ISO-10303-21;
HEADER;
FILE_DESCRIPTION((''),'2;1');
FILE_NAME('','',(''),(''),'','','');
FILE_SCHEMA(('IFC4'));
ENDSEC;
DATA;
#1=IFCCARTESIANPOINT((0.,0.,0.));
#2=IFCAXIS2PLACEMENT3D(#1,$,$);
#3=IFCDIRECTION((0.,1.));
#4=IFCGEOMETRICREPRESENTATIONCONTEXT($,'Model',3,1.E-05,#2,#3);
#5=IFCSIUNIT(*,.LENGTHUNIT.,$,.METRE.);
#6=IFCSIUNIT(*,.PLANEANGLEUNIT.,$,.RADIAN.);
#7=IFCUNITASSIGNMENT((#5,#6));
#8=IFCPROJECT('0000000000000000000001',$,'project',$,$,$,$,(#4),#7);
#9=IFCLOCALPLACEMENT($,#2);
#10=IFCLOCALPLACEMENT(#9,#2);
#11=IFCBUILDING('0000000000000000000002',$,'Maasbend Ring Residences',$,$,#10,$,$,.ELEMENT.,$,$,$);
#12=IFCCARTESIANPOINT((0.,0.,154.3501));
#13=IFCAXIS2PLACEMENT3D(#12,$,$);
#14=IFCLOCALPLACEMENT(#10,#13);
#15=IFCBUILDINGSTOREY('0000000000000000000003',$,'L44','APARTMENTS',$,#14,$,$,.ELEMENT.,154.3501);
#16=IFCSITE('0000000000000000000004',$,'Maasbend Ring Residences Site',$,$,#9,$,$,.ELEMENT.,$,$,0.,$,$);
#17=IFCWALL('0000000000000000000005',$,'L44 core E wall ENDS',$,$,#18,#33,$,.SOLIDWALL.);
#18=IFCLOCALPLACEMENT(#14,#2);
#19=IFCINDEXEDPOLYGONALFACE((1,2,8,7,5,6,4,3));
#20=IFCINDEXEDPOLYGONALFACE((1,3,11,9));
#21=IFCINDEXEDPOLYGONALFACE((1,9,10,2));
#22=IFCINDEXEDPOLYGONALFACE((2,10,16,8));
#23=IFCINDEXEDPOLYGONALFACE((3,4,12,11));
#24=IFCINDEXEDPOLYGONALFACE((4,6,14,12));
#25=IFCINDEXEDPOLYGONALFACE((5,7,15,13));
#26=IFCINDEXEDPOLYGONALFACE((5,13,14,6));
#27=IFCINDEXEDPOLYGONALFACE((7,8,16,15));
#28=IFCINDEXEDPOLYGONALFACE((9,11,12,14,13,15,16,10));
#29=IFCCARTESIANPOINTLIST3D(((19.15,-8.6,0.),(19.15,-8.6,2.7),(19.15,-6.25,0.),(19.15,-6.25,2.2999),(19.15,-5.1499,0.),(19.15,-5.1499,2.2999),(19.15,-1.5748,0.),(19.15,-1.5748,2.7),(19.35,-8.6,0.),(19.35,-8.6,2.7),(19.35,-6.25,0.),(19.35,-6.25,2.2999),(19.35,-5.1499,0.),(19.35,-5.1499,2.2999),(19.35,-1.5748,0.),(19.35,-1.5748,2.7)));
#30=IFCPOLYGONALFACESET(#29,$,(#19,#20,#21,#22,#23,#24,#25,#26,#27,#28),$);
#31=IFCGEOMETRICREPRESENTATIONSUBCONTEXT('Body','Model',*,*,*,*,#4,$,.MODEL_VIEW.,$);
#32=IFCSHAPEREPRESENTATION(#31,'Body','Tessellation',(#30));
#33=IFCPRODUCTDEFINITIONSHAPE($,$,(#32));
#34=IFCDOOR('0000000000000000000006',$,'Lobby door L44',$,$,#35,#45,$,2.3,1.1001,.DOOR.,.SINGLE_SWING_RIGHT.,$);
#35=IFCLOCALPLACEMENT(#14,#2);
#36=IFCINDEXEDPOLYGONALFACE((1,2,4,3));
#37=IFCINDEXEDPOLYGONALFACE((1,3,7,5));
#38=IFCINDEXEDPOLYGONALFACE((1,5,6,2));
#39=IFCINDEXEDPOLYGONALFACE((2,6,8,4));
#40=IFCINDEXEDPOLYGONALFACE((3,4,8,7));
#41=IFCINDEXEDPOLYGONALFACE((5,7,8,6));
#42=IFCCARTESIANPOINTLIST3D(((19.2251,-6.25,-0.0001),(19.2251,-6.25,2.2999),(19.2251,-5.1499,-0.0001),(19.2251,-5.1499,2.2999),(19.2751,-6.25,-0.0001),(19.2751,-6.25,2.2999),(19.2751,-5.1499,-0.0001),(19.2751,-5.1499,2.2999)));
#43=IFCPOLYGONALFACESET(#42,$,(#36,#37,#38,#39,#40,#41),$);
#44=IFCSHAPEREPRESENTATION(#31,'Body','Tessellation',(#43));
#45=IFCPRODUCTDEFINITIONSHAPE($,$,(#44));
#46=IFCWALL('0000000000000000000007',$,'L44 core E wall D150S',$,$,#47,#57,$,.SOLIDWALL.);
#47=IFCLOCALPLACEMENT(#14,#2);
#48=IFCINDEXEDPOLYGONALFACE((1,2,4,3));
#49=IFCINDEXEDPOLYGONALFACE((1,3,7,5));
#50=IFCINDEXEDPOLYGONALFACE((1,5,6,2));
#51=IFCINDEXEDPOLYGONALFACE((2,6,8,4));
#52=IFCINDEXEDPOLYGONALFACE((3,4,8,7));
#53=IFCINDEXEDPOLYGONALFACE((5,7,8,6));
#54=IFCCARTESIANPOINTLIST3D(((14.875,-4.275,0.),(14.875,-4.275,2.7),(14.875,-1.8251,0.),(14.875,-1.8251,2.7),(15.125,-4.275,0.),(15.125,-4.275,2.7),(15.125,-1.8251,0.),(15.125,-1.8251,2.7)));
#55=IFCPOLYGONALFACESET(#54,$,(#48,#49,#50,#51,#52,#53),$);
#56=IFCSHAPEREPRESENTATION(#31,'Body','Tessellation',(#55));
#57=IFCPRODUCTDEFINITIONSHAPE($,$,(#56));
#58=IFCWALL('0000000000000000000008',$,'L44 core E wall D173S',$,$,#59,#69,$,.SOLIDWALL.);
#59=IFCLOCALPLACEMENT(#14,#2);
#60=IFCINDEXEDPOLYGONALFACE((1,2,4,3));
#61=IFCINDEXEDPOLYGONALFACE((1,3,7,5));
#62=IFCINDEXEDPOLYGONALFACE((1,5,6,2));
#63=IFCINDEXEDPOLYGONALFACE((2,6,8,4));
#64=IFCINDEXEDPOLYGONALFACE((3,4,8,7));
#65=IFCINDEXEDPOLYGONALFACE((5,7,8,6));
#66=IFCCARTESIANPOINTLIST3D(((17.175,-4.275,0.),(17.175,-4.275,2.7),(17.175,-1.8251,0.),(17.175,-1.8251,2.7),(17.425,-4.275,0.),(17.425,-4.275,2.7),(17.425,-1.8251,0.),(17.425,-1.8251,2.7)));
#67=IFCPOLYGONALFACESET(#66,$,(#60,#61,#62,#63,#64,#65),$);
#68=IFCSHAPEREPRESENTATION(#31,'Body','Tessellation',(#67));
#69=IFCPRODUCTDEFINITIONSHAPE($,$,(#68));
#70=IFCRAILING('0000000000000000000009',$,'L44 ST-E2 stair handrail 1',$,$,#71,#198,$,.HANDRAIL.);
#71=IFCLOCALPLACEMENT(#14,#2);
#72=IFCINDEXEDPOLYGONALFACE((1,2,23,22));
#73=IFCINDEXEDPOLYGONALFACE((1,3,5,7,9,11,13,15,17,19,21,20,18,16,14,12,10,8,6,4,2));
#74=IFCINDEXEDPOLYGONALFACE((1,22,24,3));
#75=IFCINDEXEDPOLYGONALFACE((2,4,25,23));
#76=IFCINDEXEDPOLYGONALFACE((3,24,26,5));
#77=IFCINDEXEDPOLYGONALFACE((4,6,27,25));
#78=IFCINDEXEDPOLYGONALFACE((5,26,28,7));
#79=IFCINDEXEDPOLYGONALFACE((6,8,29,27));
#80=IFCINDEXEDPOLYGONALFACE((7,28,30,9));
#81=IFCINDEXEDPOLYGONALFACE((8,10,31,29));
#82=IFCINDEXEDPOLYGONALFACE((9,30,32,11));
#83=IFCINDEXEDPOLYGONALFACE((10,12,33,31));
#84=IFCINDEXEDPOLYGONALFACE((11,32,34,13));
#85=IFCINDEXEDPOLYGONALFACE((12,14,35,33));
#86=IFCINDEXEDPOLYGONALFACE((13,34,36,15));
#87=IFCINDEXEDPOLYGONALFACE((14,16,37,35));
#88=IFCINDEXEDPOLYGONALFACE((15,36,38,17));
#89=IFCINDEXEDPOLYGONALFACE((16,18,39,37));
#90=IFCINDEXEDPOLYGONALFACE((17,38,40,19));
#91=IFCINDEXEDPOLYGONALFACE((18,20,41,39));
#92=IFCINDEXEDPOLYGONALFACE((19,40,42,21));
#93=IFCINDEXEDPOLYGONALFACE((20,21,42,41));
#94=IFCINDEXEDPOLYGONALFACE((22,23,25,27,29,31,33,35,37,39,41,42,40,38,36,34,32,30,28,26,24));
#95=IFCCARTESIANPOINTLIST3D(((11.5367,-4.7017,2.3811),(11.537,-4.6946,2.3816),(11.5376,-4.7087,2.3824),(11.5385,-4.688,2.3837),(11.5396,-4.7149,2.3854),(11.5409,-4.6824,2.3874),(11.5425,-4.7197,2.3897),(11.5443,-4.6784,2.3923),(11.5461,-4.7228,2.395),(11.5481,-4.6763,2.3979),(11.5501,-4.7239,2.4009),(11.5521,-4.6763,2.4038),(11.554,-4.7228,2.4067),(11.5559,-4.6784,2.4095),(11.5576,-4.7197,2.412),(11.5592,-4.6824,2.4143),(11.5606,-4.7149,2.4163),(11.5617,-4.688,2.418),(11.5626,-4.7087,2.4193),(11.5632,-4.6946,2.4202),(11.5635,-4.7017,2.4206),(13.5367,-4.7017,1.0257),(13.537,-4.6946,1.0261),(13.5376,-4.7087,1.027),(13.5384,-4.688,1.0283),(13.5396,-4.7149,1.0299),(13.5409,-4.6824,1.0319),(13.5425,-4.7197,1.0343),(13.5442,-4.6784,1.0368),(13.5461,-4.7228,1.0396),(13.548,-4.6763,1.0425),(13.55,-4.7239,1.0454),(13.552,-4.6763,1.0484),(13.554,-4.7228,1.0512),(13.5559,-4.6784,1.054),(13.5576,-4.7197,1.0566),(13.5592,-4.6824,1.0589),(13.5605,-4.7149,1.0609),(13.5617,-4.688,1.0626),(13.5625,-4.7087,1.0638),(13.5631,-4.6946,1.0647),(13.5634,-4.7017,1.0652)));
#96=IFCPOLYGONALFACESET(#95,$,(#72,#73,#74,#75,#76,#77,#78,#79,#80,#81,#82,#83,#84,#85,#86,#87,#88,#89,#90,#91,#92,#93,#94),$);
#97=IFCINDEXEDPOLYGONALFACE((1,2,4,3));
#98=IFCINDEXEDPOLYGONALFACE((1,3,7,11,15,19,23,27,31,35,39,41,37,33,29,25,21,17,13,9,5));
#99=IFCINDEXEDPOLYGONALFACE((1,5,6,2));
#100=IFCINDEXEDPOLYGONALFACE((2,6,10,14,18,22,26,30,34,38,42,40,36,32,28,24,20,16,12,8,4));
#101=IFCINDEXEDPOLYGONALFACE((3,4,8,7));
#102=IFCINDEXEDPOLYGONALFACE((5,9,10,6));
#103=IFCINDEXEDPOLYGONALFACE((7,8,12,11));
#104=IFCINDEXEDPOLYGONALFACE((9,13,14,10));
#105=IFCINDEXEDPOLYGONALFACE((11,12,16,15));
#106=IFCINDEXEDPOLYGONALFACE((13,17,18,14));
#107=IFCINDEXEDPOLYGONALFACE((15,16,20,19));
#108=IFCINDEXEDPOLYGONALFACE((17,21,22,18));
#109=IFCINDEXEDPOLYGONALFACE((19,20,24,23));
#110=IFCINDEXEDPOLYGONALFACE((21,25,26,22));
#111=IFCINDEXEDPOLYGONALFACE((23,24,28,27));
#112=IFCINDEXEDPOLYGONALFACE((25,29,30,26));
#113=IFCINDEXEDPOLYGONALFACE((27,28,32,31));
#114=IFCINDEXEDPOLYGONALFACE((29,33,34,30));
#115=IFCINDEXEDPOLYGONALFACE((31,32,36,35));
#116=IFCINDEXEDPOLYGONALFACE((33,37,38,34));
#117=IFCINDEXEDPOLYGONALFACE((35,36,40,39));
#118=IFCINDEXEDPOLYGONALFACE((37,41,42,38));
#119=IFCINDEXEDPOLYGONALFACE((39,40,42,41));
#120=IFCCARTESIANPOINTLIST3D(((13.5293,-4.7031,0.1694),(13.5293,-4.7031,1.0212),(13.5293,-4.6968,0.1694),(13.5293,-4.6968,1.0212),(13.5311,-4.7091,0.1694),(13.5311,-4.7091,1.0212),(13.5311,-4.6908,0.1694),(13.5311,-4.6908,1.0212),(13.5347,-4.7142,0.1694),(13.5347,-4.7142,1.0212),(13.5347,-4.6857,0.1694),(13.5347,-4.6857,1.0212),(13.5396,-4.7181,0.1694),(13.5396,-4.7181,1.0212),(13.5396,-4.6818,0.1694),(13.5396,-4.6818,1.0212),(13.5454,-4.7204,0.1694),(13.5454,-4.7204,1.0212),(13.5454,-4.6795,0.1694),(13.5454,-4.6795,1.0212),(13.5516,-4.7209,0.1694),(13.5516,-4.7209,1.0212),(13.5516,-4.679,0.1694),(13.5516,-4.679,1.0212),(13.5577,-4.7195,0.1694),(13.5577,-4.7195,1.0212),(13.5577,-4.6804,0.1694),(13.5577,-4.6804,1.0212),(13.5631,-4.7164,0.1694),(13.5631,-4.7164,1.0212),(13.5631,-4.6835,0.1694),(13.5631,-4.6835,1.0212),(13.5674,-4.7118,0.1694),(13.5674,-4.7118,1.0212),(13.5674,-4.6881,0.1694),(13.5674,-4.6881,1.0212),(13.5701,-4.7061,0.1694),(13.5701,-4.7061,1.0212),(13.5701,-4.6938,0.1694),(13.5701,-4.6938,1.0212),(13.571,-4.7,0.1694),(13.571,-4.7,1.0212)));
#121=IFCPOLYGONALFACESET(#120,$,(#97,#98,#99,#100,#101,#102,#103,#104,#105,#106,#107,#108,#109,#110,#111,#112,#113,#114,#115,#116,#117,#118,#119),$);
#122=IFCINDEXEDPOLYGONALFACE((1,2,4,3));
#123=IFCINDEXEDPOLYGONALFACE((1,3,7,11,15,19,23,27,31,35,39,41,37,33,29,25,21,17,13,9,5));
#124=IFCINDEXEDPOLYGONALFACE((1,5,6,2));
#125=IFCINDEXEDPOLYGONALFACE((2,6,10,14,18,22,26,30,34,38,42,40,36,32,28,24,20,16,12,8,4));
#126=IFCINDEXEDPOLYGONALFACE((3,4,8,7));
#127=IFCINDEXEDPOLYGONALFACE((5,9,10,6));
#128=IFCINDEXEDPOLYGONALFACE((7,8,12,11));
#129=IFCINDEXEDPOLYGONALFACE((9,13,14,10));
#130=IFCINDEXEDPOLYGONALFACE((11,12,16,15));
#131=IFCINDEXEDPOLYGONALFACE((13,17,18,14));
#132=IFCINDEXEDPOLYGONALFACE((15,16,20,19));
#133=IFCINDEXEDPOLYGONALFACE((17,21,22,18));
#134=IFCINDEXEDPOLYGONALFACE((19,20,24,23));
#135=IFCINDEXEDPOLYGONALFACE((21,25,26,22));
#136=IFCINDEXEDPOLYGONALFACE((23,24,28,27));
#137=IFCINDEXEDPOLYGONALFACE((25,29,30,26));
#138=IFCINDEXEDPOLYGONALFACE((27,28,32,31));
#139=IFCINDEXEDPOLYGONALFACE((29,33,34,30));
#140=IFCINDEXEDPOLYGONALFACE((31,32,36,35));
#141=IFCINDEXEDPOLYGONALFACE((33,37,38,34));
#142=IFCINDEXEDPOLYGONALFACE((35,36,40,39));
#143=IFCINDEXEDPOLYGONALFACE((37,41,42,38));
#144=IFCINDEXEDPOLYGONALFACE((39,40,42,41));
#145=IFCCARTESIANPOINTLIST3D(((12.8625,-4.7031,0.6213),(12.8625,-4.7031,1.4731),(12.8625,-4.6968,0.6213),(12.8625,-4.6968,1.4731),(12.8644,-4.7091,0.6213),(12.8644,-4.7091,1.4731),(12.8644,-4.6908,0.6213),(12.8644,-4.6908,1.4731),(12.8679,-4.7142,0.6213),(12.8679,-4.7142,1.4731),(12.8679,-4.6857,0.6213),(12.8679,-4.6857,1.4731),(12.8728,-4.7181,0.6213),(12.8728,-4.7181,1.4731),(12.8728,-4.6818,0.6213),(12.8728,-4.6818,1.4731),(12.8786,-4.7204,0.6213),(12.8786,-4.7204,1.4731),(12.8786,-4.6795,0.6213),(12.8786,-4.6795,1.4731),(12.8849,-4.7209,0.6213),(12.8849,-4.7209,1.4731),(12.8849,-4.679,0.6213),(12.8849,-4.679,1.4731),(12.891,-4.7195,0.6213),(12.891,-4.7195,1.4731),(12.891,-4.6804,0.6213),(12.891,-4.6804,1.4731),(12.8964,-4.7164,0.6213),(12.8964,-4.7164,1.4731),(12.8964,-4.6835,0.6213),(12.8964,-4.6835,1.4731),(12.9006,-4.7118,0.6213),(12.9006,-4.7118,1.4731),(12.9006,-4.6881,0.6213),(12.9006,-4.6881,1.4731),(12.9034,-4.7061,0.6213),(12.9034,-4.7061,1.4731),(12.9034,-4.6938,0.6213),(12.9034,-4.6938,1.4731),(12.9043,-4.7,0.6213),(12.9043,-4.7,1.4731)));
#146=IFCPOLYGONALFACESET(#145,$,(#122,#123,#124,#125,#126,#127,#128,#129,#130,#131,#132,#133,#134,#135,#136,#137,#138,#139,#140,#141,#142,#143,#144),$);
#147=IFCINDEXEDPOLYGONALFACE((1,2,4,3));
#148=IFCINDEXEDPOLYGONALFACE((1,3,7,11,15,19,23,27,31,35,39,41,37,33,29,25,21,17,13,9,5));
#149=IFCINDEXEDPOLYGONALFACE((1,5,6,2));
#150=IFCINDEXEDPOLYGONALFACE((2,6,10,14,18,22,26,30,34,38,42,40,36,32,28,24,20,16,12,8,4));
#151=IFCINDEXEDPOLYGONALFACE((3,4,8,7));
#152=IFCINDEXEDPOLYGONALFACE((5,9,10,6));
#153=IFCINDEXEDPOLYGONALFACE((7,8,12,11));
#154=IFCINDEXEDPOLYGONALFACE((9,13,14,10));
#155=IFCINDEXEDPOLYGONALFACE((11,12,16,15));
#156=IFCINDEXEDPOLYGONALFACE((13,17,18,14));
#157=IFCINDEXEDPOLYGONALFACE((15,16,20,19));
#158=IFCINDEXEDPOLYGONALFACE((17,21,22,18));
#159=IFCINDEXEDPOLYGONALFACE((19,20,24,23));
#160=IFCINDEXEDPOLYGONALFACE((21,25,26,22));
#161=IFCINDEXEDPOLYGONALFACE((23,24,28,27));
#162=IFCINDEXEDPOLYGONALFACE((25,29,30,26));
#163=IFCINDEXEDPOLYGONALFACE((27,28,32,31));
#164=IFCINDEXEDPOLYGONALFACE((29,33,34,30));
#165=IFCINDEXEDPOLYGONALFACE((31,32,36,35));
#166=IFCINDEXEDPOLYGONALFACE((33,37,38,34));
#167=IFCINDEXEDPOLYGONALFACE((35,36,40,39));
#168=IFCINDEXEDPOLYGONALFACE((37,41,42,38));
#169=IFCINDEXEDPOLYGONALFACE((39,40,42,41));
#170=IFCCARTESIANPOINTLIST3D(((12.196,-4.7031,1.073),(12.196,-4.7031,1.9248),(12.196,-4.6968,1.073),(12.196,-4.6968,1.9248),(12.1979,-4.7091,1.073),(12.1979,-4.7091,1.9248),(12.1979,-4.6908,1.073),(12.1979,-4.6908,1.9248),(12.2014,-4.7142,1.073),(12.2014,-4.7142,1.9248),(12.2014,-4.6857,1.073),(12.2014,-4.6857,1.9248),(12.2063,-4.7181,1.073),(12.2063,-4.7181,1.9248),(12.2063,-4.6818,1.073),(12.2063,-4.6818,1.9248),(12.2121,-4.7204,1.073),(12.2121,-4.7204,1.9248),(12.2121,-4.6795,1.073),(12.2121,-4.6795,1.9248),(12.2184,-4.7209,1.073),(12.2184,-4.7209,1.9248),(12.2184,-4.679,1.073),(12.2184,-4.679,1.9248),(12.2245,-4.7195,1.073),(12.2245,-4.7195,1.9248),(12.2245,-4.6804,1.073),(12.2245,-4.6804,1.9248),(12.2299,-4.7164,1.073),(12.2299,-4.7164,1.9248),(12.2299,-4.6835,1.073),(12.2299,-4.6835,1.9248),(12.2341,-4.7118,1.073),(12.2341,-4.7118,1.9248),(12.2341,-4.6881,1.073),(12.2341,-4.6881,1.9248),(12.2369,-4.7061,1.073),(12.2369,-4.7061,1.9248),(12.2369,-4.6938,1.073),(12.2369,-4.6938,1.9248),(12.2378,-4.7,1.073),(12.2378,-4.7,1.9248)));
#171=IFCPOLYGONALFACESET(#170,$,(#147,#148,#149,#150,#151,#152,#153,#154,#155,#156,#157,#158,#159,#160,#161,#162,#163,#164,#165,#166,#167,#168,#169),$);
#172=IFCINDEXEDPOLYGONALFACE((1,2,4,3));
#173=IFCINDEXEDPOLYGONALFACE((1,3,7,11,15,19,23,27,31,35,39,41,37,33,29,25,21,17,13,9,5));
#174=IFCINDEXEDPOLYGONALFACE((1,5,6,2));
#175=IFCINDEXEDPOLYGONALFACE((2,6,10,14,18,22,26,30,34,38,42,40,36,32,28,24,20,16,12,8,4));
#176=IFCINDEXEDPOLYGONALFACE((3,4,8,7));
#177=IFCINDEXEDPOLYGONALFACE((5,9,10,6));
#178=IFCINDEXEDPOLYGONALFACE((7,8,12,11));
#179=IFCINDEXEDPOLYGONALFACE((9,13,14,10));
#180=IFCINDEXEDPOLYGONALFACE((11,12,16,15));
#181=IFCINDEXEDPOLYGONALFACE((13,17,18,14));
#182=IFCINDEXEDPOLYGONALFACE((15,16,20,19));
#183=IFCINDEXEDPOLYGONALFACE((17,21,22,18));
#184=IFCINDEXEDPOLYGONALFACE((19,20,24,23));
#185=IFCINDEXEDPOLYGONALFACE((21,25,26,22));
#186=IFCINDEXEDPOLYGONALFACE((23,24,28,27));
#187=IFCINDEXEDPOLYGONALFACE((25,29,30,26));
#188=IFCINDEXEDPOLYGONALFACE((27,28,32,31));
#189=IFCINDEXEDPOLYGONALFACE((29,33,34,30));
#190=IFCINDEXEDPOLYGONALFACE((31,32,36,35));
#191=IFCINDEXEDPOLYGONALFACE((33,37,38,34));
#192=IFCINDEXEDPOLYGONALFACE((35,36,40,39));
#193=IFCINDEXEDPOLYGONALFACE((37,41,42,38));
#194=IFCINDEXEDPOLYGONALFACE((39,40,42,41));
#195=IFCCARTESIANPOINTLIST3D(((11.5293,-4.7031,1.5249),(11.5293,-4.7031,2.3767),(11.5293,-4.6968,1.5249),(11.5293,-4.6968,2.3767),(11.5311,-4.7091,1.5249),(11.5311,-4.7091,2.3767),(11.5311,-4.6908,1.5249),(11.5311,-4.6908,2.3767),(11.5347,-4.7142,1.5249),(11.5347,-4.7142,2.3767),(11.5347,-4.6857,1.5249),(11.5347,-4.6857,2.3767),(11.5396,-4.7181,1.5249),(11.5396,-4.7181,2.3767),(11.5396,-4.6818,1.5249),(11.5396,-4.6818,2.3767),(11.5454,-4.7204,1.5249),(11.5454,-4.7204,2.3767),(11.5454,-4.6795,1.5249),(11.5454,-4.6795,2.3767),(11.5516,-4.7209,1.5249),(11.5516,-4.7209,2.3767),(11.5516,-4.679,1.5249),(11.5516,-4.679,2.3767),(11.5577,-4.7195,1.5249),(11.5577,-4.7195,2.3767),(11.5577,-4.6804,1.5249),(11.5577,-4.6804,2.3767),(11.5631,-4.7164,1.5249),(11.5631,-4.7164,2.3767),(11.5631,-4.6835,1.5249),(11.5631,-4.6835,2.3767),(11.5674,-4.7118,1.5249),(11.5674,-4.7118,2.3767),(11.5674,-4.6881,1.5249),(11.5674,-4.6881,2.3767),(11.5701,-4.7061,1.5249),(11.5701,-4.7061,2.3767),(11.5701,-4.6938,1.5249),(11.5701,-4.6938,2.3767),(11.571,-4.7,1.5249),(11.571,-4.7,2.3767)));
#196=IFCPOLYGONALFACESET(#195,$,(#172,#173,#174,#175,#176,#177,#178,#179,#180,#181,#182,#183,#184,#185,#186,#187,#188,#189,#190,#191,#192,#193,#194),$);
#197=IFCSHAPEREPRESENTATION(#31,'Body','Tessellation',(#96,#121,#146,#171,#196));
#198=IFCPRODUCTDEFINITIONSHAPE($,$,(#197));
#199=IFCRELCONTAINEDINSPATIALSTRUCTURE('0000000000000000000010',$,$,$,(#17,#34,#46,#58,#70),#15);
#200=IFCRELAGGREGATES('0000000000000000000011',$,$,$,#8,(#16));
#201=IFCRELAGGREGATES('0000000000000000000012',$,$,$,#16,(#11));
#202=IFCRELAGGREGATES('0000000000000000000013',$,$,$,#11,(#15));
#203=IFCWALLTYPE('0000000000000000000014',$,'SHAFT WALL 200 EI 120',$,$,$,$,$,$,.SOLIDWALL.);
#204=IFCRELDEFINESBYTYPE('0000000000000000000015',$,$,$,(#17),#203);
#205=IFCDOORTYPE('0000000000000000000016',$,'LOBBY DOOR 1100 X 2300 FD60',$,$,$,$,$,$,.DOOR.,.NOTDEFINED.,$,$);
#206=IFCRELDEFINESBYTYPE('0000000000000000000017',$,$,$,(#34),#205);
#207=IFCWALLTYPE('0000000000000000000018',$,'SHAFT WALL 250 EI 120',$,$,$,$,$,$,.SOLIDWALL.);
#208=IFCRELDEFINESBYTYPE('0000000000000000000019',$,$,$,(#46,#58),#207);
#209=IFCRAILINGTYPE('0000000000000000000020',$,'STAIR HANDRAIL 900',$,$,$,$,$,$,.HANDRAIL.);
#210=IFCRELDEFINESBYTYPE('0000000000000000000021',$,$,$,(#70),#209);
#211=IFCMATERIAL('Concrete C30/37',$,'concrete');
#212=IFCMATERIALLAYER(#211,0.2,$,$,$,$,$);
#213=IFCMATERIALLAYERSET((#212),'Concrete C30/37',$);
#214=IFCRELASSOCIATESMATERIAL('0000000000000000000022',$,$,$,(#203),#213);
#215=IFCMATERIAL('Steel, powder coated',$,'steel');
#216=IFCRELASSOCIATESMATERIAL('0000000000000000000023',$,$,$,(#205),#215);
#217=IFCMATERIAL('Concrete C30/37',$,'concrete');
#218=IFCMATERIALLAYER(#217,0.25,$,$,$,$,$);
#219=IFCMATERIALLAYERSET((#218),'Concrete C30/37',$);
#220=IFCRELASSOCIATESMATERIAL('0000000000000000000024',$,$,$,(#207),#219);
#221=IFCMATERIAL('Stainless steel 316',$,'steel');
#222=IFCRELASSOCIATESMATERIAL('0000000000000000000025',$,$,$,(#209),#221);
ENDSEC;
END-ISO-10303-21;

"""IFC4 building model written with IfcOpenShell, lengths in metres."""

from ifc_helpers import new_model, si_unit, direction, frame, frame_2d, origin, origin_2d, place, context, subcontext, project, spatial, rectangle, circle, extrude, material, layer, layer_set, type_object, element, fill, save


model = new_model("IFC4")

# Units and contexts
model_context = context("Model", 3, precision=1e-05, world=origin(), true_north=direction((0.0, 1.0)))
body_context = subcontext(model_context, "Body", "Model", "MODEL_VIEW")
ifc_project = project(units=[si_unit("LENGTHUNIT", "METRE"), si_unit("PLANEANGLEUNIT", "RADIAN")], contexts=[model_context])

# Site, building, storey
site_placement = place(None, origin())
site = spatial("IfcSite", under=ifc_project, at=site_placement, Name="Maasbend Ring Residences Site", CompositionType="ELEMENT", RefElevation=0.0)
building_placement = place(site_placement, origin())
building = spatial("IfcBuilding", under=site, at=building_placement, Name="Maasbend Ring Residences", CompositionType="ELEMENT")
storey_placement = place(building_placement, frame((0.0, 0.0, 154.3501)))
storey = spatial("IfcBuildingStorey", under=building, at=storey_placement, Name="L44", Description="APARTMENTS", CompositionType="ELEMENT", Elevation=154.3501)

# Wall, opening, door
ifc_material_1 = material(Name="Concrete C30/37", Category="concrete")
ifc_layer_1 = layer(ifc_material_1, 0.2)
ifc_layer_set_1 = layer_set([ifc_layer_1], Name="Concrete C30/37")
wall_type_1 = type_object("IfcWallType", Name="SHAFT WALL 200 EI 120", PredefinedType="SOLIDWALL", material=ifc_layer_set_1)
wall_1_placement = place(storey_placement, frame((19.25, -8.6001, 0.0), z_axis=(0.0, 0.0, 1.0), x_axis=(0.0, 1.0, 0.0)))
wall_1 = element("IfcWall", 1, at=wall_1_placement, inside=storey, type_object=wall_type_1, Name="L44 core E wall ENDS", PredefinedType="SOLIDWALL", context=body_context, shape_type="SweptSolid", body=[
    extrude(rectangle(XDim=7.0251, YDim=0.2, at=frame_2d((3.5127, 0.0))), origin(), (0.0, 0.0, 1.0), 2.7),
])
opening_1_placement = place(wall_1_placement, frame((2.3501, 0.0, 0.0)))
opening_1 = element("IfcOpeningElement", 2, at=opening_1_placement, cuts=wall_1, PredefinedType="OPENING", context=body_context, shape_type="SweptSolid", body=[
    extrude(rectangle(XDim=1.1001, YDim=2.3, at=frame_2d((0.55, 1.1499))), frame((0.0, 0.1099, 0.0), z_axis=(0.0, -1.0, 0.0), x_axis=(1.0, 0.0, 0.0)), (0.0, 0.0, 1.0), 0.22),
])
ifc_material_2 = material(Name="Steel, powder coated", Category="steel")
door_type_1 = type_object("IfcDoorType", Name="LOBBY DOOR 1100 X 2300 FD60", OperationType="NOTDEFINED", PredefinedType="DOOR", material=ifc_material_2)
door_1_placement = place(opening_1_placement, origin())
door_1 = element("IfcDoor", 3, at=door_1_placement, inside=storey, type_object=door_type_1, Name="Lobby door L44", OperationType="SINGLE_SWING_RIGHT", OverallHeight=2.3, OverallWidth=1.1001, PredefinedType="DOOR", context=body_context, shape_type="SweptSolid", body=[
    extrude(rectangle(XDim=1.1001, YDim=2.3, at=frame_2d((0.55, 1.1499))), frame((0.0, 0.0249, 0.0), z_axis=(0.0, -1.0, 0.0), x_axis=(1.0, 0.0, 0.0)), (0.0, 0.0, 1.0), 0.05),
])
fill(opening_1, door_1)

# Walls
ifc_material_3 = material(Name="Concrete C30/37", Category="concrete")
ifc_layer_2 = layer(ifc_material_3, 0.25)
ifc_layer_set_2 = layer_set([ifc_layer_2], Name="Concrete C30/37")
wall_type_2 = type_object("IfcWallType", Name="SHAFT WALL 250 EI 120", PredefinedType="SOLIDWALL", material=ifc_layer_set_2)
for number, where, z_axis, x_axis, name in (
    (4, (15.0, -1.825, 0.0), (0.0, 0.0, 1.0), (0.0, -1.0, 0.0), "L44 core E wall D150S"),
    (5, (17.3, -1.825, 0.0), (0.0, 0.0, 1.0), (0.0, -1.0, 0.0), "L44 core E wall D173S"),
):
    element("IfcWall", number, at=place(storey_placement, frame(where, z_axis=z_axis, x_axis=x_axis)), inside=storey, type_object=wall_type_2, Name=name, PredefinedType="SOLIDWALL", context=body_context, shape_type="SweptSolid", body=[
        extrude(rectangle(XDim=2.45, YDim=0.25, at=frame_2d((1.2251, 0.0))), origin(), (0.0, 0.0, 1.0), 2.7),
    ])

# Railing
ifc_material_4 = material(Name="Stainless steel 316", Category="steel")
railing_type_1 = type_object("IfcRailingType", Name="STAIR HANDRAIL 900", PredefinedType="HANDRAIL", material=ifc_material_4)
railing_1_placement = place(storey_placement, frame((13.55, -4.7, 0.1694)))
element("IfcRailing", 6, at=railing_1_placement, inside=storey, type_object=railing_type_1, Name="L44 ST-E2 stair handrail 1", PredefinedType="HANDRAIL", context=body_context, shape_type="SweptSolid", body=[
    extrude(circle(Radius=0.0239, at=origin_2d()), frame((0.0, 0.0, 0.876), z_axis=(-0.827798, 0.0, 0.561027), x_axis=(0.0, -1.0, 0.0)), (0.0, 0.0, 1.0), 2.416),
    extrude(circle(Radius=0.021, at=origin_2d()), origin(), (0.0, 0.0, 1.0), 0.8518),
    extrude(circle(Radius=0.021, at=origin_2d()), frame((-0.6667, 0.0, 0.4519)), (0.0, 0.0, 1.0), 0.8518),
    extrude(circle(Radius=0.021, at=origin_2d()), frame((-1.3333, 0.0, 0.9036)), (0.0, 0.0, 1.0), 0.8518),
    extrude(circle(Radius=0.021, at=origin_2d()), frame((-2.0, 0.0, 1.3555)), (0.0, 0.0, 1.0), 0.8518),
])

save(model, "model.ifc")
